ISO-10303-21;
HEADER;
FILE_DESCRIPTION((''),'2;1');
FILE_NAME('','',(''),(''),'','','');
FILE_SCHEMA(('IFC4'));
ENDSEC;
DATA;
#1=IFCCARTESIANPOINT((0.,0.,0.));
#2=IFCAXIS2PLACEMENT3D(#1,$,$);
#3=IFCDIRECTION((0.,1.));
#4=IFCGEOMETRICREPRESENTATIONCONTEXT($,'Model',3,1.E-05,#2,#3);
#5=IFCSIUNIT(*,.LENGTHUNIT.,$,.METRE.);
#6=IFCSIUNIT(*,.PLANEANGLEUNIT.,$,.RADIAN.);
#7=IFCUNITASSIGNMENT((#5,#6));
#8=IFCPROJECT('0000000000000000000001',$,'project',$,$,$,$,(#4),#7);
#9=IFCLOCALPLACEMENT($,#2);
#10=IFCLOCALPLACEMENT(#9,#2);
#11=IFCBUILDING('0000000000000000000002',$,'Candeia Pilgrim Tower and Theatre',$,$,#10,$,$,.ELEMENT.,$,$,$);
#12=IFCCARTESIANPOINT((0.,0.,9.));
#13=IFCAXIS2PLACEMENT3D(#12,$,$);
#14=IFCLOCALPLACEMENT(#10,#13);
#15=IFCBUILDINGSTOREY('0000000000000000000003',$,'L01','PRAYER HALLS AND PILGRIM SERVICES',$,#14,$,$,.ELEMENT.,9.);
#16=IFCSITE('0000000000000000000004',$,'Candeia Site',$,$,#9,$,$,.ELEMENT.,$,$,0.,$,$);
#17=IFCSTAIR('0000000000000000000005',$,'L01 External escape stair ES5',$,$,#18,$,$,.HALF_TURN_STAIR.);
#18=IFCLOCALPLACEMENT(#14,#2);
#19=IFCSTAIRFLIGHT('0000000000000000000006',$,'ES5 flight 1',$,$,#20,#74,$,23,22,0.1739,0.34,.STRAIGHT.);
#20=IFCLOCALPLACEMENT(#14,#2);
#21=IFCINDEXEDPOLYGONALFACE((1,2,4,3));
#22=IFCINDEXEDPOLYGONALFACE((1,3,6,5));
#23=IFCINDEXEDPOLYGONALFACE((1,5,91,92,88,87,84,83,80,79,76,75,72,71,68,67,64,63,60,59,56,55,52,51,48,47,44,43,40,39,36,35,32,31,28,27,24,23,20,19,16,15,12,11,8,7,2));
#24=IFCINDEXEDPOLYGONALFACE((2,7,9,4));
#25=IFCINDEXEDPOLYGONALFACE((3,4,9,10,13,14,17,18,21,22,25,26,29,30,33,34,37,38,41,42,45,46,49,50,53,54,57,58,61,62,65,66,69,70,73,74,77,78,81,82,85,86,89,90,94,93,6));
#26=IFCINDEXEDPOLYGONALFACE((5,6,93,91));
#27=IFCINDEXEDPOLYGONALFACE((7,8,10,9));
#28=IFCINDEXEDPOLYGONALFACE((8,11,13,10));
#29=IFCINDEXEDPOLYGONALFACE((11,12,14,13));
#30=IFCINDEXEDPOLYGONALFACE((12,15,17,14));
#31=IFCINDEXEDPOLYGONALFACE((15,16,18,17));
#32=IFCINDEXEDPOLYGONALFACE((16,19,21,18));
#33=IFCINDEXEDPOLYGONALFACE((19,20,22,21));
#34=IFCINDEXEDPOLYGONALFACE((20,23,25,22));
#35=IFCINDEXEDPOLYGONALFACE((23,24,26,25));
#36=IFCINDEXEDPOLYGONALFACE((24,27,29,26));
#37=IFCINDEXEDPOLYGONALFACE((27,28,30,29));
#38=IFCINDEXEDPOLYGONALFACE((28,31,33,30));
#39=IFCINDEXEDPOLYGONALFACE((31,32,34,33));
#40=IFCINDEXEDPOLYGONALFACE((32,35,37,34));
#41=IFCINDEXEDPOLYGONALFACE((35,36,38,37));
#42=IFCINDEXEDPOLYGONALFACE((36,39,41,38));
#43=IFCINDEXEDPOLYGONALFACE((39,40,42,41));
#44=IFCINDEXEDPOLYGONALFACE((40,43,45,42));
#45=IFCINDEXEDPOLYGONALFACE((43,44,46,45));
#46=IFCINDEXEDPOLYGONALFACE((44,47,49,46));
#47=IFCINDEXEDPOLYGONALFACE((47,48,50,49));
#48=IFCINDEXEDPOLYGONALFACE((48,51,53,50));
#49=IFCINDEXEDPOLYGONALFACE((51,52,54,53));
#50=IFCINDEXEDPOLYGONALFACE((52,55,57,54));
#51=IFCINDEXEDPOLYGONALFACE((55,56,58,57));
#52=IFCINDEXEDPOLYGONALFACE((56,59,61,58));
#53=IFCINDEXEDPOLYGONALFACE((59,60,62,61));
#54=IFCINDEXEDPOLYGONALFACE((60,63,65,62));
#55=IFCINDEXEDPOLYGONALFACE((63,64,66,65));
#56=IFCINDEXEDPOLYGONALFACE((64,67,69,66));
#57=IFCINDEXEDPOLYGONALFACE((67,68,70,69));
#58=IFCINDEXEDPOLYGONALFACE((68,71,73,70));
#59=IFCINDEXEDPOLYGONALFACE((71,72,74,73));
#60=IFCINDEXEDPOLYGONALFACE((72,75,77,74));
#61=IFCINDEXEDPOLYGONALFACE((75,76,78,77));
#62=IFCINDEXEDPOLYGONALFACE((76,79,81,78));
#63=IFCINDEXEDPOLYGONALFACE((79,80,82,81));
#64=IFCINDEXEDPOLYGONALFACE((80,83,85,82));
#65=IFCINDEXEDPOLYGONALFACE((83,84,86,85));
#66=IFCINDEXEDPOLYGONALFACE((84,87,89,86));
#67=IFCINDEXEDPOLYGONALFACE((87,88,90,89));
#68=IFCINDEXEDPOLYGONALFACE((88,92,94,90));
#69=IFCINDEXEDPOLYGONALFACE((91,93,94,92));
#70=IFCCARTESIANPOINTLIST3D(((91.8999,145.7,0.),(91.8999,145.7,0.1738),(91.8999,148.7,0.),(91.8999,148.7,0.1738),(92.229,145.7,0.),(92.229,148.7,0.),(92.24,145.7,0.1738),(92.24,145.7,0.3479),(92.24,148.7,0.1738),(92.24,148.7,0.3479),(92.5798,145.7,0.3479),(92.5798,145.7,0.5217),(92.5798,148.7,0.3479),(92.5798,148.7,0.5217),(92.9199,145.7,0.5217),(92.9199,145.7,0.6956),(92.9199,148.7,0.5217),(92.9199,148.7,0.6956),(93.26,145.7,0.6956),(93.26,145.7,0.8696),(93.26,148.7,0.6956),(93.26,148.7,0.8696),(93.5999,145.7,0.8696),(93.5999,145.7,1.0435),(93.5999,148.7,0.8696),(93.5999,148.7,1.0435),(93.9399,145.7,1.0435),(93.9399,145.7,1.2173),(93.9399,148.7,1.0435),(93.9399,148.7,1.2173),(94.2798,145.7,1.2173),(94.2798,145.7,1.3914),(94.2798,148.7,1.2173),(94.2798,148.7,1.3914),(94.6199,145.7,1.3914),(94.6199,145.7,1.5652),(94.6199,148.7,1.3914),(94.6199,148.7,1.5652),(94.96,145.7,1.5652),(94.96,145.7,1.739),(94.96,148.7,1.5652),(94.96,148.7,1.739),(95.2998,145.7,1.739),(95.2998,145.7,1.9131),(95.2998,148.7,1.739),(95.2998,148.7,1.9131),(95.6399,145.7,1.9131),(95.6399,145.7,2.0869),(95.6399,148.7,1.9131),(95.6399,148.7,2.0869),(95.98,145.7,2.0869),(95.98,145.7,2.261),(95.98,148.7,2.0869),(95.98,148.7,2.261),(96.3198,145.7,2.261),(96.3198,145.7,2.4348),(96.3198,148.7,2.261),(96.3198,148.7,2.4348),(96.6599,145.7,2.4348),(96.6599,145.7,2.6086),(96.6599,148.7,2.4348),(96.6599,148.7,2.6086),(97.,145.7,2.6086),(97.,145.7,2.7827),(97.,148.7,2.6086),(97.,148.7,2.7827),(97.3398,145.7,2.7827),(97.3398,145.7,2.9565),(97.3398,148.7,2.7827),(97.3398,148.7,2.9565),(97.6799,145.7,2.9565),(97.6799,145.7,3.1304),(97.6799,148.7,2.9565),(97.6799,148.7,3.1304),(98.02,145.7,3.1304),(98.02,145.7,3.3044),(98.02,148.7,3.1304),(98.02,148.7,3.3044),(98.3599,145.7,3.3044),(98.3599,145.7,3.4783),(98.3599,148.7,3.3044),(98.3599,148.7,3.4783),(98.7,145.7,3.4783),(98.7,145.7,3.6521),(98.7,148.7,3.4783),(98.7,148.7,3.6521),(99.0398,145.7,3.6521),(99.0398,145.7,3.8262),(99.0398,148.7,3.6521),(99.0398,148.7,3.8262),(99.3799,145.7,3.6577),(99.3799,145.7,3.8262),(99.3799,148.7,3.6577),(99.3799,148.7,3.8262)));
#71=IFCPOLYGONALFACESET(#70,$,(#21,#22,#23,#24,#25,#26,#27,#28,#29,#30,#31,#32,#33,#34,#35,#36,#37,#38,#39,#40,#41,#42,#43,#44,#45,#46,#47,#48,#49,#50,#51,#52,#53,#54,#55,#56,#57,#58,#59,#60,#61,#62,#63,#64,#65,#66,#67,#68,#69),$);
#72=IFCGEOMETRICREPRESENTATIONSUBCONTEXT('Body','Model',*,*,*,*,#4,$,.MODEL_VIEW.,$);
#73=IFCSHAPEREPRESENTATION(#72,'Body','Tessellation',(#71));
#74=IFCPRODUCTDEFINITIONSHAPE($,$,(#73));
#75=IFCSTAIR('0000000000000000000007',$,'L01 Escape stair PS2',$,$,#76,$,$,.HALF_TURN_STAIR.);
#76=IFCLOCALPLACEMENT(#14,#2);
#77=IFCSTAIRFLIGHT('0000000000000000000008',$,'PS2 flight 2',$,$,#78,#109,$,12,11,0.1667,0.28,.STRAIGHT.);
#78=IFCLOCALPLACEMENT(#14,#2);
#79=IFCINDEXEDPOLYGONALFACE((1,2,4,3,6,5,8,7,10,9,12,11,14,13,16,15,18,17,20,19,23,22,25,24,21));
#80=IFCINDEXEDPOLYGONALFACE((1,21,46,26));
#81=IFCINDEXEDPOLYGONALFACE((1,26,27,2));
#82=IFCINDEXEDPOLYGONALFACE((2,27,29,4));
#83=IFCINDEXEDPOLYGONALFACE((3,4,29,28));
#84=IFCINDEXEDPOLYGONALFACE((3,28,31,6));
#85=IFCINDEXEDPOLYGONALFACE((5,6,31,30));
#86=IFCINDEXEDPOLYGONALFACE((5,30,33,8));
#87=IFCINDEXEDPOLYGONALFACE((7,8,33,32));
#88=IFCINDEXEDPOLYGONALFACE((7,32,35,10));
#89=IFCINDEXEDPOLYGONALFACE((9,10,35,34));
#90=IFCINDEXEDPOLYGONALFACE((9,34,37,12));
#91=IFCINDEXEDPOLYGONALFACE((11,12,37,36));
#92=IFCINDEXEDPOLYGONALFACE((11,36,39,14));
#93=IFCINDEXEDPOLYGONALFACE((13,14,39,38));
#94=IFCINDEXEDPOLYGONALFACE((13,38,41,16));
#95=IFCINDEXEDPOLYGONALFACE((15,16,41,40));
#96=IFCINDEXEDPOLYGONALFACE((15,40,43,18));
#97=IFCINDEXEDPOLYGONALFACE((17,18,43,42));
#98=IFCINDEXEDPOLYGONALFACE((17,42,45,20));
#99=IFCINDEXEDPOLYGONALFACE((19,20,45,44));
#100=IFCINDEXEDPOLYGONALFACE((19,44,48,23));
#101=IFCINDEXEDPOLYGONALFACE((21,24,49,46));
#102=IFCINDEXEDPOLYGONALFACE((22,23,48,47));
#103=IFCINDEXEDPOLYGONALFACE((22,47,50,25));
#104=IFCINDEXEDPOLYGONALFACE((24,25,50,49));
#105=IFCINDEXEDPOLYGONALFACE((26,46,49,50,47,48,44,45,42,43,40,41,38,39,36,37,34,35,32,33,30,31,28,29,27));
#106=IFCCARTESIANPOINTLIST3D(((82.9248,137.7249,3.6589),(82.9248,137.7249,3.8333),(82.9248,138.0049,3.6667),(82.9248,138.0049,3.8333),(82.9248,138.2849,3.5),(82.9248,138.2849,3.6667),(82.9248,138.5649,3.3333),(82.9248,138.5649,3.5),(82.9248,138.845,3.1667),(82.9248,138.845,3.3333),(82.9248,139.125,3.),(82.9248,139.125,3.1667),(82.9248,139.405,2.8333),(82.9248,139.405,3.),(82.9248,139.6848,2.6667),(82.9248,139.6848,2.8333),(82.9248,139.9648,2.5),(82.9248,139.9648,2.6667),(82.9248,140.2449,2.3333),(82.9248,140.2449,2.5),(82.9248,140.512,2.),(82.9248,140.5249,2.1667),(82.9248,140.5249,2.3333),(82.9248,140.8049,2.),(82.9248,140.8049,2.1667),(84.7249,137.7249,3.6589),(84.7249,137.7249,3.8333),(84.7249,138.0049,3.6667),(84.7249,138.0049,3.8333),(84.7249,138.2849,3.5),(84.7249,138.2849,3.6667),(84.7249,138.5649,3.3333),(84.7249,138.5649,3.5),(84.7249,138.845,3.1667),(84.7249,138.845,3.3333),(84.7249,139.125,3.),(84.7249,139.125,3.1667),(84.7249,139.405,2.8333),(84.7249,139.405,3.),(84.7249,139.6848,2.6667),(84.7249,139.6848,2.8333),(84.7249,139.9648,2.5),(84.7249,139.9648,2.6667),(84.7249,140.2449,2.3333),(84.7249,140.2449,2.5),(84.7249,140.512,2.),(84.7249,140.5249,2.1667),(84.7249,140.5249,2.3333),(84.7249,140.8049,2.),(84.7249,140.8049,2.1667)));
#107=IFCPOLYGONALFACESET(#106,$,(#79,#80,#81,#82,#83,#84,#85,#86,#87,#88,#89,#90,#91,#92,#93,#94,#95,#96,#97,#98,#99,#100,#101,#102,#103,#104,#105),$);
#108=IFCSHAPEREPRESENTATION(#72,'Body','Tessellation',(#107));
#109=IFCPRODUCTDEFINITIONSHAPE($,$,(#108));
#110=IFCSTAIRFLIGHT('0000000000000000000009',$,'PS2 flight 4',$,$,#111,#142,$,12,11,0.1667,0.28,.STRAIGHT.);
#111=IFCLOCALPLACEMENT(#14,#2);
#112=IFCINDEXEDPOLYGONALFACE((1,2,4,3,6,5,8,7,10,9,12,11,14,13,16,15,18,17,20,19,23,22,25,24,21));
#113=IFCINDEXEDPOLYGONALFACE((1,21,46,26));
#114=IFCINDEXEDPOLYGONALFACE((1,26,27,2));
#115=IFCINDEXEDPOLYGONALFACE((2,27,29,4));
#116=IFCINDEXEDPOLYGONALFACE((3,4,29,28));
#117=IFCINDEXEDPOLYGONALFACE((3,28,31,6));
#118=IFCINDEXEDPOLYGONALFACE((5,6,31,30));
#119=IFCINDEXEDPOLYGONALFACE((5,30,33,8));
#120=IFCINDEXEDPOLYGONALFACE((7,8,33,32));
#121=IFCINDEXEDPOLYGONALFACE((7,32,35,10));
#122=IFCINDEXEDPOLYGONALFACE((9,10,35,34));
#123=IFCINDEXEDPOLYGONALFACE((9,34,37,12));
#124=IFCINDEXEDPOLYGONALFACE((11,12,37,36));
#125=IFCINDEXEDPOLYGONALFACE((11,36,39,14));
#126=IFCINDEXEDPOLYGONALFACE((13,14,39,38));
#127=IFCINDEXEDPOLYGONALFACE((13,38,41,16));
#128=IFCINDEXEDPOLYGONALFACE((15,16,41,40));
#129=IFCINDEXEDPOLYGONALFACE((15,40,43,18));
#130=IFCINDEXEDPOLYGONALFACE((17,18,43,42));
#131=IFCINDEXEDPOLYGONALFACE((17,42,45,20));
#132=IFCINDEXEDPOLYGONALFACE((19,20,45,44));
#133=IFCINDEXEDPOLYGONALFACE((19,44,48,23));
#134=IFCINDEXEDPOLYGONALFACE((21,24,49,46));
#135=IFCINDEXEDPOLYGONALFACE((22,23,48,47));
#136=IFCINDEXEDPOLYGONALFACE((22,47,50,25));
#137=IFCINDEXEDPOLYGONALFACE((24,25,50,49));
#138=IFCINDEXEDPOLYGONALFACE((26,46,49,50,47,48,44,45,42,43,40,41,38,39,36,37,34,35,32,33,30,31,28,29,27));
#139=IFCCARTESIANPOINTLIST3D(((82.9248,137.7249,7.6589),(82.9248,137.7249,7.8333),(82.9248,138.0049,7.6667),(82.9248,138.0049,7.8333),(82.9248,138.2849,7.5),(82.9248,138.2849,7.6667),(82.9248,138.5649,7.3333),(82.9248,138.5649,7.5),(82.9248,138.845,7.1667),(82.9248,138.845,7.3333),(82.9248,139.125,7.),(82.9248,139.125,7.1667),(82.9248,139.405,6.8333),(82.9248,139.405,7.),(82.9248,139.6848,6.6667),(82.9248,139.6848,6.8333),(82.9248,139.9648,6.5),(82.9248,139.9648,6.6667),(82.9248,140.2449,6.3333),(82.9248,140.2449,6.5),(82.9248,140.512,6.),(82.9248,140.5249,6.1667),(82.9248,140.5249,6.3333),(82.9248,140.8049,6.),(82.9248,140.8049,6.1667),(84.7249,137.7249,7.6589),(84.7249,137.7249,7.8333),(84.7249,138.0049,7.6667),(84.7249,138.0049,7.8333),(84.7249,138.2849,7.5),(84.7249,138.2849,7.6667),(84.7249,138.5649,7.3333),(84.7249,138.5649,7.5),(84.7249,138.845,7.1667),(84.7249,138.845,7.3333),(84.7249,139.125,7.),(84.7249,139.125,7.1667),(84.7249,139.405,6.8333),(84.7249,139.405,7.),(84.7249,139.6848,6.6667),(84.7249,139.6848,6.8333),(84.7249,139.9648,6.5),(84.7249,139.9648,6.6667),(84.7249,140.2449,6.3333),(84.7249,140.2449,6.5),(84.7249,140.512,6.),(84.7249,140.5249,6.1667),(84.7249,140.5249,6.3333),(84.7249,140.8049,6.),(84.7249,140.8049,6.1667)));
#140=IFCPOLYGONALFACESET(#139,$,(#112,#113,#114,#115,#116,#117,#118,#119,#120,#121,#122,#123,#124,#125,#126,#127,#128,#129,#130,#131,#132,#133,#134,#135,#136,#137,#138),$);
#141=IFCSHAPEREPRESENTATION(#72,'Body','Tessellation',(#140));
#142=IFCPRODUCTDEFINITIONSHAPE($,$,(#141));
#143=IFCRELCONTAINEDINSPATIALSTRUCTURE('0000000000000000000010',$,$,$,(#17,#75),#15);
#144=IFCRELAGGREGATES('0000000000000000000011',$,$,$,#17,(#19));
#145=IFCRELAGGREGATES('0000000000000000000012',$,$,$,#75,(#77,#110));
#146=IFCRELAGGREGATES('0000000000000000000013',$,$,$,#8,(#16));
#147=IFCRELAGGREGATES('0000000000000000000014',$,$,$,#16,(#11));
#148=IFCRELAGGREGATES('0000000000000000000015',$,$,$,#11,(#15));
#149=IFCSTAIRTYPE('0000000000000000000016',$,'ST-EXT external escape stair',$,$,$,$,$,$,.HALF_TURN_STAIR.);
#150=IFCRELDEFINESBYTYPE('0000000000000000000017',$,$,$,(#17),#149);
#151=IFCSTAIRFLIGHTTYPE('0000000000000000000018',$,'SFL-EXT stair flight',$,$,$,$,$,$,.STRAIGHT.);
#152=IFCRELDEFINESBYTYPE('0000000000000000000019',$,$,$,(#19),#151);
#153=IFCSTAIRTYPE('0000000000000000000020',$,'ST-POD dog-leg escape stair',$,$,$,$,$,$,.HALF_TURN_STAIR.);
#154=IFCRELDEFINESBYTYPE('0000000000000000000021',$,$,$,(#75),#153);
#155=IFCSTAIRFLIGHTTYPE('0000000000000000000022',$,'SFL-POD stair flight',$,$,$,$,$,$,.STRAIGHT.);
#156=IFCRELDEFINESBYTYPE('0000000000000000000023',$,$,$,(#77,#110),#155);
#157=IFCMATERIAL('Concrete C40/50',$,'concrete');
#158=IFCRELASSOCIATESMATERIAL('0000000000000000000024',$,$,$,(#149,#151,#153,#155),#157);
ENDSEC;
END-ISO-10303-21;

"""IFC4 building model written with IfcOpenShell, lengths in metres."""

from ifc_helpers import new_model, si_unit, direction, frame, origin, place, context, subcontext, project, spatial, polyline, outline, extrude, material, type_object, element, aggregate, save


model = new_model("IFC4")

# Units and contexts
model_context = context("Model", 3, precision=1e-05, world=origin(), true_north=direction((0.0, 1.0)))
body_context = subcontext(model_context, "Body", "Model", "MODEL_VIEW")
ifc_project = project(units=[si_unit("LENGTHUNIT", "METRE"), si_unit("PLANEANGLEUNIT", "RADIAN")], contexts=[model_context])

# Site, building, storey
site_placement = place(None, origin())
site = spatial("IfcSite", under=ifc_project, at=site_placement, Name="Candeia Site", CompositionType="ELEMENT", RefElevation=0.0)
building_placement = place(site_placement, origin())
building = spatial("IfcBuilding", under=site, at=building_placement, Name="Candeia Pilgrim Tower and Theatre", CompositionType="ELEMENT")
storey_placement = place(building_placement, frame((0.0, 0.0, 9.0)))
storey = spatial("IfcBuildingStorey", under=building, at=storey_placement, Name="L01", Description="PRAYER HALLS AND PILGRIM SERVICES", CompositionType="ELEMENT", Elevation=9.0)

# Shared definitions
ifc_material_1 = material(Name="Concrete C40/50", Category="concrete")

# Stair, stair flight
stair_type_1 = type_object("IfcStairType", Name="ST-EXT external escape stair", PredefinedType="HALF_TURN_STAIR", material=ifc_material_1)
stair_1_placement = place(storey_placement, origin())
stair_1 = element("IfcStair", 1, at=stair_1_placement, inside=storey, type_object=stair_type_1, Name="L01 External escape stair ES5", PredefinedType="HALF_TURN_STAIR")
stair_flight_type_1 = type_object("IfcStairFlightType", Name="SFL-EXT stair flight", PredefinedType="STRAIGHT", material=ifc_material_1)
stair_flight_1_placement = place(storey_placement, frame((91.8999, 147.2, 0.0), z_axis=(0.0, 0.0, 1.0), x_axis=(1.0, 0.0, 0.0)))
stair_flight_1 = element("IfcStairFlight", 2, at=stair_flight_1_placement, type_object=stair_flight_type_1, Name="ES5 flight 1", NumberOfRisers=23, NumberOfTreads=22, PredefinedType="STRAIGHT", RiserHeight=0.1739, TreadLength=0.34, context=body_context, shape_type="SweptSolid", body=[
    extrude(outline(polyline([(0.0, 0.0), (0.0, 0.1738), (0.3401, 0.1738), (0.3401, 0.3479), (0.6799, 0.3479), (0.6799, 0.5217), (1.02, 0.5217), (1.02, 0.6956), (1.3601, 0.6956), (1.3601, 0.8696), (1.7, 0.8696), (1.7, 1.0435), (2.04, 1.0435), (2.04, 1.2173), (2.3799, 1.2173), (2.3799, 1.3914), (2.72, 1.3914), (2.72, 1.5652), (3.0601, 1.5652), (3.0601, 1.739), (3.3999, 1.739), (3.3999, 1.9131), (3.74, 1.9131), (3.74, 2.0869), (4.0801, 2.0869), (4.0801, 2.261), (4.4199, 2.261), (4.4199, 2.4348), (4.76, 2.4348), (4.76, 2.6086), (5.1001, 2.6086), (5.1001, 2.7827), (5.4399, 2.7827), (5.4399, 2.9565), (5.78, 2.9565), (5.78, 3.1304), (6.1201, 3.1304), (6.1201, 3.3044), (6.46, 3.3044), (6.46, 3.4783), (6.8, 3.4783), (6.8, 3.6521), (7.1399, 3.6521), (7.1399, 3.8262), (7.48, 3.8262), (7.48, 4.0), (7.48, 3.6577), (0.3291, 0.0), (0.0, 0.0)])), frame((0.0, 1.5, 0.0), z_axis=(0.0, -1.0, 0.0), x_axis=(1.0, 0.0, 0.0)), (0.0, 0.0, 1.0), 3.0),
])
aggregate(stair_1, [stair_flight_1])

# Stair, stair flights
stair_type_2 = type_object("IfcStairType", Name="ST-POD dog-leg escape stair", PredefinedType="HALF_TURN_STAIR", material=ifc_material_1)
stair_2_placement = place(storey_placement, origin())
stair_2 = element("IfcStair", 3, at=stair_2_placement, inside=storey, type_object=stair_type_2, Name="L01 Escape stair PS2", PredefinedType="HALF_TURN_STAIR")
stair_flight_type_2 = type_object("IfcStairFlightType", Name="SFL-POD stair flight", PredefinedType="STRAIGHT", material=ifc_material_1)
stair_flight_2_placement = place(storey_placement, frame((83.825, 140.8049, 2.0), z_axis=(0.0, 0.0, 1.0), x_axis=(0.0, -1.0, 0.0)))
stair_flight_2 = element("IfcStairFlight", 4, at=stair_flight_2_placement, type_object=stair_flight_type_2, Name="PS2 flight 2", NumberOfRisers=12, NumberOfTreads=11, PredefinedType="STRAIGHT", RiserHeight=0.1667, TreadLength=0.28, context=body_context, shape_type="SweptSolid", body=[
    extrude(outline(polyline([(0.0, 0.0), (0.0, 0.1667), (0.28, 0.1667), (0.28, 0.3333), (0.5601, 0.3333), (0.5601, 0.5), (0.8401, 0.5), (0.8401, 0.6667), (1.1201, 0.6667), (1.1201, 0.8333), (1.3999, 0.8333), (1.3999, 1.0), (1.6799, 1.0), (1.6799, 1.1667), (1.96, 1.1667), (1.96, 1.3333), (2.24, 1.3333), (2.24, 1.5), (2.52, 1.5), (2.52, 1.6667), (2.8, 1.6667), (2.8, 1.8333), (3.0801, 1.8333), (3.0801, 2.0), (3.0801, 1.6589), (0.293, 0.0), (0.0, 0.0)])), frame((0.0, 0.8999, 0.0), z_axis=(0.0, -1.0, 0.0), x_axis=(1.0, 0.0, 0.0)), (0.0, 0.0, 1.0), 1.8),
])
stair_flight_3_placement = place(storey_placement, frame((83.825, 140.8049, 6.0), z_axis=(0.0, 0.0, 1.0), x_axis=(0.0, -1.0, 0.0)))
stair_flight_3 = element("IfcStairFlight", 5, at=stair_flight_3_placement, type_object=stair_flight_type_2, Name="PS2 flight 4", NumberOfRisers=12, NumberOfTreads=11, PredefinedType="STRAIGHT", RiserHeight=0.1667, TreadLength=0.28, context=body_context, shape_type="SweptSolid", body=[
    extrude(outline(polyline([(0.0, 0.0), (0.0, 0.1667), (0.28, 0.1667), (0.28, 0.3333), (0.5601, 0.3333), (0.5601, 0.5), (0.8401, 0.5), (0.8401, 0.6667), (1.1201, 0.6667), (1.1201, 0.8333), (1.3999, 0.8333), (1.3999, 1.0), (1.6799, 1.0), (1.6799, 1.1667), (1.96, 1.1667), (1.96, 1.3333), (2.24, 1.3333), (2.24, 1.5), (2.52, 1.5), (2.52, 1.6667), (2.8, 1.6667), (2.8, 1.8333), (3.0801, 1.8333), (3.0801, 2.0), (3.0801, 1.6589), (0.293, 0.0), (0.0, 0.0)])), frame((0.0, 0.8999, 0.0), z_axis=(0.0, -1.0, 0.0), x_axis=(1.0, 0.0, 0.0)), (0.0, 0.0, 1.0), 1.8),
])
aggregate(stair_2, [stair_flight_2, stair_flight_3])

save(model, "model.ifc")
